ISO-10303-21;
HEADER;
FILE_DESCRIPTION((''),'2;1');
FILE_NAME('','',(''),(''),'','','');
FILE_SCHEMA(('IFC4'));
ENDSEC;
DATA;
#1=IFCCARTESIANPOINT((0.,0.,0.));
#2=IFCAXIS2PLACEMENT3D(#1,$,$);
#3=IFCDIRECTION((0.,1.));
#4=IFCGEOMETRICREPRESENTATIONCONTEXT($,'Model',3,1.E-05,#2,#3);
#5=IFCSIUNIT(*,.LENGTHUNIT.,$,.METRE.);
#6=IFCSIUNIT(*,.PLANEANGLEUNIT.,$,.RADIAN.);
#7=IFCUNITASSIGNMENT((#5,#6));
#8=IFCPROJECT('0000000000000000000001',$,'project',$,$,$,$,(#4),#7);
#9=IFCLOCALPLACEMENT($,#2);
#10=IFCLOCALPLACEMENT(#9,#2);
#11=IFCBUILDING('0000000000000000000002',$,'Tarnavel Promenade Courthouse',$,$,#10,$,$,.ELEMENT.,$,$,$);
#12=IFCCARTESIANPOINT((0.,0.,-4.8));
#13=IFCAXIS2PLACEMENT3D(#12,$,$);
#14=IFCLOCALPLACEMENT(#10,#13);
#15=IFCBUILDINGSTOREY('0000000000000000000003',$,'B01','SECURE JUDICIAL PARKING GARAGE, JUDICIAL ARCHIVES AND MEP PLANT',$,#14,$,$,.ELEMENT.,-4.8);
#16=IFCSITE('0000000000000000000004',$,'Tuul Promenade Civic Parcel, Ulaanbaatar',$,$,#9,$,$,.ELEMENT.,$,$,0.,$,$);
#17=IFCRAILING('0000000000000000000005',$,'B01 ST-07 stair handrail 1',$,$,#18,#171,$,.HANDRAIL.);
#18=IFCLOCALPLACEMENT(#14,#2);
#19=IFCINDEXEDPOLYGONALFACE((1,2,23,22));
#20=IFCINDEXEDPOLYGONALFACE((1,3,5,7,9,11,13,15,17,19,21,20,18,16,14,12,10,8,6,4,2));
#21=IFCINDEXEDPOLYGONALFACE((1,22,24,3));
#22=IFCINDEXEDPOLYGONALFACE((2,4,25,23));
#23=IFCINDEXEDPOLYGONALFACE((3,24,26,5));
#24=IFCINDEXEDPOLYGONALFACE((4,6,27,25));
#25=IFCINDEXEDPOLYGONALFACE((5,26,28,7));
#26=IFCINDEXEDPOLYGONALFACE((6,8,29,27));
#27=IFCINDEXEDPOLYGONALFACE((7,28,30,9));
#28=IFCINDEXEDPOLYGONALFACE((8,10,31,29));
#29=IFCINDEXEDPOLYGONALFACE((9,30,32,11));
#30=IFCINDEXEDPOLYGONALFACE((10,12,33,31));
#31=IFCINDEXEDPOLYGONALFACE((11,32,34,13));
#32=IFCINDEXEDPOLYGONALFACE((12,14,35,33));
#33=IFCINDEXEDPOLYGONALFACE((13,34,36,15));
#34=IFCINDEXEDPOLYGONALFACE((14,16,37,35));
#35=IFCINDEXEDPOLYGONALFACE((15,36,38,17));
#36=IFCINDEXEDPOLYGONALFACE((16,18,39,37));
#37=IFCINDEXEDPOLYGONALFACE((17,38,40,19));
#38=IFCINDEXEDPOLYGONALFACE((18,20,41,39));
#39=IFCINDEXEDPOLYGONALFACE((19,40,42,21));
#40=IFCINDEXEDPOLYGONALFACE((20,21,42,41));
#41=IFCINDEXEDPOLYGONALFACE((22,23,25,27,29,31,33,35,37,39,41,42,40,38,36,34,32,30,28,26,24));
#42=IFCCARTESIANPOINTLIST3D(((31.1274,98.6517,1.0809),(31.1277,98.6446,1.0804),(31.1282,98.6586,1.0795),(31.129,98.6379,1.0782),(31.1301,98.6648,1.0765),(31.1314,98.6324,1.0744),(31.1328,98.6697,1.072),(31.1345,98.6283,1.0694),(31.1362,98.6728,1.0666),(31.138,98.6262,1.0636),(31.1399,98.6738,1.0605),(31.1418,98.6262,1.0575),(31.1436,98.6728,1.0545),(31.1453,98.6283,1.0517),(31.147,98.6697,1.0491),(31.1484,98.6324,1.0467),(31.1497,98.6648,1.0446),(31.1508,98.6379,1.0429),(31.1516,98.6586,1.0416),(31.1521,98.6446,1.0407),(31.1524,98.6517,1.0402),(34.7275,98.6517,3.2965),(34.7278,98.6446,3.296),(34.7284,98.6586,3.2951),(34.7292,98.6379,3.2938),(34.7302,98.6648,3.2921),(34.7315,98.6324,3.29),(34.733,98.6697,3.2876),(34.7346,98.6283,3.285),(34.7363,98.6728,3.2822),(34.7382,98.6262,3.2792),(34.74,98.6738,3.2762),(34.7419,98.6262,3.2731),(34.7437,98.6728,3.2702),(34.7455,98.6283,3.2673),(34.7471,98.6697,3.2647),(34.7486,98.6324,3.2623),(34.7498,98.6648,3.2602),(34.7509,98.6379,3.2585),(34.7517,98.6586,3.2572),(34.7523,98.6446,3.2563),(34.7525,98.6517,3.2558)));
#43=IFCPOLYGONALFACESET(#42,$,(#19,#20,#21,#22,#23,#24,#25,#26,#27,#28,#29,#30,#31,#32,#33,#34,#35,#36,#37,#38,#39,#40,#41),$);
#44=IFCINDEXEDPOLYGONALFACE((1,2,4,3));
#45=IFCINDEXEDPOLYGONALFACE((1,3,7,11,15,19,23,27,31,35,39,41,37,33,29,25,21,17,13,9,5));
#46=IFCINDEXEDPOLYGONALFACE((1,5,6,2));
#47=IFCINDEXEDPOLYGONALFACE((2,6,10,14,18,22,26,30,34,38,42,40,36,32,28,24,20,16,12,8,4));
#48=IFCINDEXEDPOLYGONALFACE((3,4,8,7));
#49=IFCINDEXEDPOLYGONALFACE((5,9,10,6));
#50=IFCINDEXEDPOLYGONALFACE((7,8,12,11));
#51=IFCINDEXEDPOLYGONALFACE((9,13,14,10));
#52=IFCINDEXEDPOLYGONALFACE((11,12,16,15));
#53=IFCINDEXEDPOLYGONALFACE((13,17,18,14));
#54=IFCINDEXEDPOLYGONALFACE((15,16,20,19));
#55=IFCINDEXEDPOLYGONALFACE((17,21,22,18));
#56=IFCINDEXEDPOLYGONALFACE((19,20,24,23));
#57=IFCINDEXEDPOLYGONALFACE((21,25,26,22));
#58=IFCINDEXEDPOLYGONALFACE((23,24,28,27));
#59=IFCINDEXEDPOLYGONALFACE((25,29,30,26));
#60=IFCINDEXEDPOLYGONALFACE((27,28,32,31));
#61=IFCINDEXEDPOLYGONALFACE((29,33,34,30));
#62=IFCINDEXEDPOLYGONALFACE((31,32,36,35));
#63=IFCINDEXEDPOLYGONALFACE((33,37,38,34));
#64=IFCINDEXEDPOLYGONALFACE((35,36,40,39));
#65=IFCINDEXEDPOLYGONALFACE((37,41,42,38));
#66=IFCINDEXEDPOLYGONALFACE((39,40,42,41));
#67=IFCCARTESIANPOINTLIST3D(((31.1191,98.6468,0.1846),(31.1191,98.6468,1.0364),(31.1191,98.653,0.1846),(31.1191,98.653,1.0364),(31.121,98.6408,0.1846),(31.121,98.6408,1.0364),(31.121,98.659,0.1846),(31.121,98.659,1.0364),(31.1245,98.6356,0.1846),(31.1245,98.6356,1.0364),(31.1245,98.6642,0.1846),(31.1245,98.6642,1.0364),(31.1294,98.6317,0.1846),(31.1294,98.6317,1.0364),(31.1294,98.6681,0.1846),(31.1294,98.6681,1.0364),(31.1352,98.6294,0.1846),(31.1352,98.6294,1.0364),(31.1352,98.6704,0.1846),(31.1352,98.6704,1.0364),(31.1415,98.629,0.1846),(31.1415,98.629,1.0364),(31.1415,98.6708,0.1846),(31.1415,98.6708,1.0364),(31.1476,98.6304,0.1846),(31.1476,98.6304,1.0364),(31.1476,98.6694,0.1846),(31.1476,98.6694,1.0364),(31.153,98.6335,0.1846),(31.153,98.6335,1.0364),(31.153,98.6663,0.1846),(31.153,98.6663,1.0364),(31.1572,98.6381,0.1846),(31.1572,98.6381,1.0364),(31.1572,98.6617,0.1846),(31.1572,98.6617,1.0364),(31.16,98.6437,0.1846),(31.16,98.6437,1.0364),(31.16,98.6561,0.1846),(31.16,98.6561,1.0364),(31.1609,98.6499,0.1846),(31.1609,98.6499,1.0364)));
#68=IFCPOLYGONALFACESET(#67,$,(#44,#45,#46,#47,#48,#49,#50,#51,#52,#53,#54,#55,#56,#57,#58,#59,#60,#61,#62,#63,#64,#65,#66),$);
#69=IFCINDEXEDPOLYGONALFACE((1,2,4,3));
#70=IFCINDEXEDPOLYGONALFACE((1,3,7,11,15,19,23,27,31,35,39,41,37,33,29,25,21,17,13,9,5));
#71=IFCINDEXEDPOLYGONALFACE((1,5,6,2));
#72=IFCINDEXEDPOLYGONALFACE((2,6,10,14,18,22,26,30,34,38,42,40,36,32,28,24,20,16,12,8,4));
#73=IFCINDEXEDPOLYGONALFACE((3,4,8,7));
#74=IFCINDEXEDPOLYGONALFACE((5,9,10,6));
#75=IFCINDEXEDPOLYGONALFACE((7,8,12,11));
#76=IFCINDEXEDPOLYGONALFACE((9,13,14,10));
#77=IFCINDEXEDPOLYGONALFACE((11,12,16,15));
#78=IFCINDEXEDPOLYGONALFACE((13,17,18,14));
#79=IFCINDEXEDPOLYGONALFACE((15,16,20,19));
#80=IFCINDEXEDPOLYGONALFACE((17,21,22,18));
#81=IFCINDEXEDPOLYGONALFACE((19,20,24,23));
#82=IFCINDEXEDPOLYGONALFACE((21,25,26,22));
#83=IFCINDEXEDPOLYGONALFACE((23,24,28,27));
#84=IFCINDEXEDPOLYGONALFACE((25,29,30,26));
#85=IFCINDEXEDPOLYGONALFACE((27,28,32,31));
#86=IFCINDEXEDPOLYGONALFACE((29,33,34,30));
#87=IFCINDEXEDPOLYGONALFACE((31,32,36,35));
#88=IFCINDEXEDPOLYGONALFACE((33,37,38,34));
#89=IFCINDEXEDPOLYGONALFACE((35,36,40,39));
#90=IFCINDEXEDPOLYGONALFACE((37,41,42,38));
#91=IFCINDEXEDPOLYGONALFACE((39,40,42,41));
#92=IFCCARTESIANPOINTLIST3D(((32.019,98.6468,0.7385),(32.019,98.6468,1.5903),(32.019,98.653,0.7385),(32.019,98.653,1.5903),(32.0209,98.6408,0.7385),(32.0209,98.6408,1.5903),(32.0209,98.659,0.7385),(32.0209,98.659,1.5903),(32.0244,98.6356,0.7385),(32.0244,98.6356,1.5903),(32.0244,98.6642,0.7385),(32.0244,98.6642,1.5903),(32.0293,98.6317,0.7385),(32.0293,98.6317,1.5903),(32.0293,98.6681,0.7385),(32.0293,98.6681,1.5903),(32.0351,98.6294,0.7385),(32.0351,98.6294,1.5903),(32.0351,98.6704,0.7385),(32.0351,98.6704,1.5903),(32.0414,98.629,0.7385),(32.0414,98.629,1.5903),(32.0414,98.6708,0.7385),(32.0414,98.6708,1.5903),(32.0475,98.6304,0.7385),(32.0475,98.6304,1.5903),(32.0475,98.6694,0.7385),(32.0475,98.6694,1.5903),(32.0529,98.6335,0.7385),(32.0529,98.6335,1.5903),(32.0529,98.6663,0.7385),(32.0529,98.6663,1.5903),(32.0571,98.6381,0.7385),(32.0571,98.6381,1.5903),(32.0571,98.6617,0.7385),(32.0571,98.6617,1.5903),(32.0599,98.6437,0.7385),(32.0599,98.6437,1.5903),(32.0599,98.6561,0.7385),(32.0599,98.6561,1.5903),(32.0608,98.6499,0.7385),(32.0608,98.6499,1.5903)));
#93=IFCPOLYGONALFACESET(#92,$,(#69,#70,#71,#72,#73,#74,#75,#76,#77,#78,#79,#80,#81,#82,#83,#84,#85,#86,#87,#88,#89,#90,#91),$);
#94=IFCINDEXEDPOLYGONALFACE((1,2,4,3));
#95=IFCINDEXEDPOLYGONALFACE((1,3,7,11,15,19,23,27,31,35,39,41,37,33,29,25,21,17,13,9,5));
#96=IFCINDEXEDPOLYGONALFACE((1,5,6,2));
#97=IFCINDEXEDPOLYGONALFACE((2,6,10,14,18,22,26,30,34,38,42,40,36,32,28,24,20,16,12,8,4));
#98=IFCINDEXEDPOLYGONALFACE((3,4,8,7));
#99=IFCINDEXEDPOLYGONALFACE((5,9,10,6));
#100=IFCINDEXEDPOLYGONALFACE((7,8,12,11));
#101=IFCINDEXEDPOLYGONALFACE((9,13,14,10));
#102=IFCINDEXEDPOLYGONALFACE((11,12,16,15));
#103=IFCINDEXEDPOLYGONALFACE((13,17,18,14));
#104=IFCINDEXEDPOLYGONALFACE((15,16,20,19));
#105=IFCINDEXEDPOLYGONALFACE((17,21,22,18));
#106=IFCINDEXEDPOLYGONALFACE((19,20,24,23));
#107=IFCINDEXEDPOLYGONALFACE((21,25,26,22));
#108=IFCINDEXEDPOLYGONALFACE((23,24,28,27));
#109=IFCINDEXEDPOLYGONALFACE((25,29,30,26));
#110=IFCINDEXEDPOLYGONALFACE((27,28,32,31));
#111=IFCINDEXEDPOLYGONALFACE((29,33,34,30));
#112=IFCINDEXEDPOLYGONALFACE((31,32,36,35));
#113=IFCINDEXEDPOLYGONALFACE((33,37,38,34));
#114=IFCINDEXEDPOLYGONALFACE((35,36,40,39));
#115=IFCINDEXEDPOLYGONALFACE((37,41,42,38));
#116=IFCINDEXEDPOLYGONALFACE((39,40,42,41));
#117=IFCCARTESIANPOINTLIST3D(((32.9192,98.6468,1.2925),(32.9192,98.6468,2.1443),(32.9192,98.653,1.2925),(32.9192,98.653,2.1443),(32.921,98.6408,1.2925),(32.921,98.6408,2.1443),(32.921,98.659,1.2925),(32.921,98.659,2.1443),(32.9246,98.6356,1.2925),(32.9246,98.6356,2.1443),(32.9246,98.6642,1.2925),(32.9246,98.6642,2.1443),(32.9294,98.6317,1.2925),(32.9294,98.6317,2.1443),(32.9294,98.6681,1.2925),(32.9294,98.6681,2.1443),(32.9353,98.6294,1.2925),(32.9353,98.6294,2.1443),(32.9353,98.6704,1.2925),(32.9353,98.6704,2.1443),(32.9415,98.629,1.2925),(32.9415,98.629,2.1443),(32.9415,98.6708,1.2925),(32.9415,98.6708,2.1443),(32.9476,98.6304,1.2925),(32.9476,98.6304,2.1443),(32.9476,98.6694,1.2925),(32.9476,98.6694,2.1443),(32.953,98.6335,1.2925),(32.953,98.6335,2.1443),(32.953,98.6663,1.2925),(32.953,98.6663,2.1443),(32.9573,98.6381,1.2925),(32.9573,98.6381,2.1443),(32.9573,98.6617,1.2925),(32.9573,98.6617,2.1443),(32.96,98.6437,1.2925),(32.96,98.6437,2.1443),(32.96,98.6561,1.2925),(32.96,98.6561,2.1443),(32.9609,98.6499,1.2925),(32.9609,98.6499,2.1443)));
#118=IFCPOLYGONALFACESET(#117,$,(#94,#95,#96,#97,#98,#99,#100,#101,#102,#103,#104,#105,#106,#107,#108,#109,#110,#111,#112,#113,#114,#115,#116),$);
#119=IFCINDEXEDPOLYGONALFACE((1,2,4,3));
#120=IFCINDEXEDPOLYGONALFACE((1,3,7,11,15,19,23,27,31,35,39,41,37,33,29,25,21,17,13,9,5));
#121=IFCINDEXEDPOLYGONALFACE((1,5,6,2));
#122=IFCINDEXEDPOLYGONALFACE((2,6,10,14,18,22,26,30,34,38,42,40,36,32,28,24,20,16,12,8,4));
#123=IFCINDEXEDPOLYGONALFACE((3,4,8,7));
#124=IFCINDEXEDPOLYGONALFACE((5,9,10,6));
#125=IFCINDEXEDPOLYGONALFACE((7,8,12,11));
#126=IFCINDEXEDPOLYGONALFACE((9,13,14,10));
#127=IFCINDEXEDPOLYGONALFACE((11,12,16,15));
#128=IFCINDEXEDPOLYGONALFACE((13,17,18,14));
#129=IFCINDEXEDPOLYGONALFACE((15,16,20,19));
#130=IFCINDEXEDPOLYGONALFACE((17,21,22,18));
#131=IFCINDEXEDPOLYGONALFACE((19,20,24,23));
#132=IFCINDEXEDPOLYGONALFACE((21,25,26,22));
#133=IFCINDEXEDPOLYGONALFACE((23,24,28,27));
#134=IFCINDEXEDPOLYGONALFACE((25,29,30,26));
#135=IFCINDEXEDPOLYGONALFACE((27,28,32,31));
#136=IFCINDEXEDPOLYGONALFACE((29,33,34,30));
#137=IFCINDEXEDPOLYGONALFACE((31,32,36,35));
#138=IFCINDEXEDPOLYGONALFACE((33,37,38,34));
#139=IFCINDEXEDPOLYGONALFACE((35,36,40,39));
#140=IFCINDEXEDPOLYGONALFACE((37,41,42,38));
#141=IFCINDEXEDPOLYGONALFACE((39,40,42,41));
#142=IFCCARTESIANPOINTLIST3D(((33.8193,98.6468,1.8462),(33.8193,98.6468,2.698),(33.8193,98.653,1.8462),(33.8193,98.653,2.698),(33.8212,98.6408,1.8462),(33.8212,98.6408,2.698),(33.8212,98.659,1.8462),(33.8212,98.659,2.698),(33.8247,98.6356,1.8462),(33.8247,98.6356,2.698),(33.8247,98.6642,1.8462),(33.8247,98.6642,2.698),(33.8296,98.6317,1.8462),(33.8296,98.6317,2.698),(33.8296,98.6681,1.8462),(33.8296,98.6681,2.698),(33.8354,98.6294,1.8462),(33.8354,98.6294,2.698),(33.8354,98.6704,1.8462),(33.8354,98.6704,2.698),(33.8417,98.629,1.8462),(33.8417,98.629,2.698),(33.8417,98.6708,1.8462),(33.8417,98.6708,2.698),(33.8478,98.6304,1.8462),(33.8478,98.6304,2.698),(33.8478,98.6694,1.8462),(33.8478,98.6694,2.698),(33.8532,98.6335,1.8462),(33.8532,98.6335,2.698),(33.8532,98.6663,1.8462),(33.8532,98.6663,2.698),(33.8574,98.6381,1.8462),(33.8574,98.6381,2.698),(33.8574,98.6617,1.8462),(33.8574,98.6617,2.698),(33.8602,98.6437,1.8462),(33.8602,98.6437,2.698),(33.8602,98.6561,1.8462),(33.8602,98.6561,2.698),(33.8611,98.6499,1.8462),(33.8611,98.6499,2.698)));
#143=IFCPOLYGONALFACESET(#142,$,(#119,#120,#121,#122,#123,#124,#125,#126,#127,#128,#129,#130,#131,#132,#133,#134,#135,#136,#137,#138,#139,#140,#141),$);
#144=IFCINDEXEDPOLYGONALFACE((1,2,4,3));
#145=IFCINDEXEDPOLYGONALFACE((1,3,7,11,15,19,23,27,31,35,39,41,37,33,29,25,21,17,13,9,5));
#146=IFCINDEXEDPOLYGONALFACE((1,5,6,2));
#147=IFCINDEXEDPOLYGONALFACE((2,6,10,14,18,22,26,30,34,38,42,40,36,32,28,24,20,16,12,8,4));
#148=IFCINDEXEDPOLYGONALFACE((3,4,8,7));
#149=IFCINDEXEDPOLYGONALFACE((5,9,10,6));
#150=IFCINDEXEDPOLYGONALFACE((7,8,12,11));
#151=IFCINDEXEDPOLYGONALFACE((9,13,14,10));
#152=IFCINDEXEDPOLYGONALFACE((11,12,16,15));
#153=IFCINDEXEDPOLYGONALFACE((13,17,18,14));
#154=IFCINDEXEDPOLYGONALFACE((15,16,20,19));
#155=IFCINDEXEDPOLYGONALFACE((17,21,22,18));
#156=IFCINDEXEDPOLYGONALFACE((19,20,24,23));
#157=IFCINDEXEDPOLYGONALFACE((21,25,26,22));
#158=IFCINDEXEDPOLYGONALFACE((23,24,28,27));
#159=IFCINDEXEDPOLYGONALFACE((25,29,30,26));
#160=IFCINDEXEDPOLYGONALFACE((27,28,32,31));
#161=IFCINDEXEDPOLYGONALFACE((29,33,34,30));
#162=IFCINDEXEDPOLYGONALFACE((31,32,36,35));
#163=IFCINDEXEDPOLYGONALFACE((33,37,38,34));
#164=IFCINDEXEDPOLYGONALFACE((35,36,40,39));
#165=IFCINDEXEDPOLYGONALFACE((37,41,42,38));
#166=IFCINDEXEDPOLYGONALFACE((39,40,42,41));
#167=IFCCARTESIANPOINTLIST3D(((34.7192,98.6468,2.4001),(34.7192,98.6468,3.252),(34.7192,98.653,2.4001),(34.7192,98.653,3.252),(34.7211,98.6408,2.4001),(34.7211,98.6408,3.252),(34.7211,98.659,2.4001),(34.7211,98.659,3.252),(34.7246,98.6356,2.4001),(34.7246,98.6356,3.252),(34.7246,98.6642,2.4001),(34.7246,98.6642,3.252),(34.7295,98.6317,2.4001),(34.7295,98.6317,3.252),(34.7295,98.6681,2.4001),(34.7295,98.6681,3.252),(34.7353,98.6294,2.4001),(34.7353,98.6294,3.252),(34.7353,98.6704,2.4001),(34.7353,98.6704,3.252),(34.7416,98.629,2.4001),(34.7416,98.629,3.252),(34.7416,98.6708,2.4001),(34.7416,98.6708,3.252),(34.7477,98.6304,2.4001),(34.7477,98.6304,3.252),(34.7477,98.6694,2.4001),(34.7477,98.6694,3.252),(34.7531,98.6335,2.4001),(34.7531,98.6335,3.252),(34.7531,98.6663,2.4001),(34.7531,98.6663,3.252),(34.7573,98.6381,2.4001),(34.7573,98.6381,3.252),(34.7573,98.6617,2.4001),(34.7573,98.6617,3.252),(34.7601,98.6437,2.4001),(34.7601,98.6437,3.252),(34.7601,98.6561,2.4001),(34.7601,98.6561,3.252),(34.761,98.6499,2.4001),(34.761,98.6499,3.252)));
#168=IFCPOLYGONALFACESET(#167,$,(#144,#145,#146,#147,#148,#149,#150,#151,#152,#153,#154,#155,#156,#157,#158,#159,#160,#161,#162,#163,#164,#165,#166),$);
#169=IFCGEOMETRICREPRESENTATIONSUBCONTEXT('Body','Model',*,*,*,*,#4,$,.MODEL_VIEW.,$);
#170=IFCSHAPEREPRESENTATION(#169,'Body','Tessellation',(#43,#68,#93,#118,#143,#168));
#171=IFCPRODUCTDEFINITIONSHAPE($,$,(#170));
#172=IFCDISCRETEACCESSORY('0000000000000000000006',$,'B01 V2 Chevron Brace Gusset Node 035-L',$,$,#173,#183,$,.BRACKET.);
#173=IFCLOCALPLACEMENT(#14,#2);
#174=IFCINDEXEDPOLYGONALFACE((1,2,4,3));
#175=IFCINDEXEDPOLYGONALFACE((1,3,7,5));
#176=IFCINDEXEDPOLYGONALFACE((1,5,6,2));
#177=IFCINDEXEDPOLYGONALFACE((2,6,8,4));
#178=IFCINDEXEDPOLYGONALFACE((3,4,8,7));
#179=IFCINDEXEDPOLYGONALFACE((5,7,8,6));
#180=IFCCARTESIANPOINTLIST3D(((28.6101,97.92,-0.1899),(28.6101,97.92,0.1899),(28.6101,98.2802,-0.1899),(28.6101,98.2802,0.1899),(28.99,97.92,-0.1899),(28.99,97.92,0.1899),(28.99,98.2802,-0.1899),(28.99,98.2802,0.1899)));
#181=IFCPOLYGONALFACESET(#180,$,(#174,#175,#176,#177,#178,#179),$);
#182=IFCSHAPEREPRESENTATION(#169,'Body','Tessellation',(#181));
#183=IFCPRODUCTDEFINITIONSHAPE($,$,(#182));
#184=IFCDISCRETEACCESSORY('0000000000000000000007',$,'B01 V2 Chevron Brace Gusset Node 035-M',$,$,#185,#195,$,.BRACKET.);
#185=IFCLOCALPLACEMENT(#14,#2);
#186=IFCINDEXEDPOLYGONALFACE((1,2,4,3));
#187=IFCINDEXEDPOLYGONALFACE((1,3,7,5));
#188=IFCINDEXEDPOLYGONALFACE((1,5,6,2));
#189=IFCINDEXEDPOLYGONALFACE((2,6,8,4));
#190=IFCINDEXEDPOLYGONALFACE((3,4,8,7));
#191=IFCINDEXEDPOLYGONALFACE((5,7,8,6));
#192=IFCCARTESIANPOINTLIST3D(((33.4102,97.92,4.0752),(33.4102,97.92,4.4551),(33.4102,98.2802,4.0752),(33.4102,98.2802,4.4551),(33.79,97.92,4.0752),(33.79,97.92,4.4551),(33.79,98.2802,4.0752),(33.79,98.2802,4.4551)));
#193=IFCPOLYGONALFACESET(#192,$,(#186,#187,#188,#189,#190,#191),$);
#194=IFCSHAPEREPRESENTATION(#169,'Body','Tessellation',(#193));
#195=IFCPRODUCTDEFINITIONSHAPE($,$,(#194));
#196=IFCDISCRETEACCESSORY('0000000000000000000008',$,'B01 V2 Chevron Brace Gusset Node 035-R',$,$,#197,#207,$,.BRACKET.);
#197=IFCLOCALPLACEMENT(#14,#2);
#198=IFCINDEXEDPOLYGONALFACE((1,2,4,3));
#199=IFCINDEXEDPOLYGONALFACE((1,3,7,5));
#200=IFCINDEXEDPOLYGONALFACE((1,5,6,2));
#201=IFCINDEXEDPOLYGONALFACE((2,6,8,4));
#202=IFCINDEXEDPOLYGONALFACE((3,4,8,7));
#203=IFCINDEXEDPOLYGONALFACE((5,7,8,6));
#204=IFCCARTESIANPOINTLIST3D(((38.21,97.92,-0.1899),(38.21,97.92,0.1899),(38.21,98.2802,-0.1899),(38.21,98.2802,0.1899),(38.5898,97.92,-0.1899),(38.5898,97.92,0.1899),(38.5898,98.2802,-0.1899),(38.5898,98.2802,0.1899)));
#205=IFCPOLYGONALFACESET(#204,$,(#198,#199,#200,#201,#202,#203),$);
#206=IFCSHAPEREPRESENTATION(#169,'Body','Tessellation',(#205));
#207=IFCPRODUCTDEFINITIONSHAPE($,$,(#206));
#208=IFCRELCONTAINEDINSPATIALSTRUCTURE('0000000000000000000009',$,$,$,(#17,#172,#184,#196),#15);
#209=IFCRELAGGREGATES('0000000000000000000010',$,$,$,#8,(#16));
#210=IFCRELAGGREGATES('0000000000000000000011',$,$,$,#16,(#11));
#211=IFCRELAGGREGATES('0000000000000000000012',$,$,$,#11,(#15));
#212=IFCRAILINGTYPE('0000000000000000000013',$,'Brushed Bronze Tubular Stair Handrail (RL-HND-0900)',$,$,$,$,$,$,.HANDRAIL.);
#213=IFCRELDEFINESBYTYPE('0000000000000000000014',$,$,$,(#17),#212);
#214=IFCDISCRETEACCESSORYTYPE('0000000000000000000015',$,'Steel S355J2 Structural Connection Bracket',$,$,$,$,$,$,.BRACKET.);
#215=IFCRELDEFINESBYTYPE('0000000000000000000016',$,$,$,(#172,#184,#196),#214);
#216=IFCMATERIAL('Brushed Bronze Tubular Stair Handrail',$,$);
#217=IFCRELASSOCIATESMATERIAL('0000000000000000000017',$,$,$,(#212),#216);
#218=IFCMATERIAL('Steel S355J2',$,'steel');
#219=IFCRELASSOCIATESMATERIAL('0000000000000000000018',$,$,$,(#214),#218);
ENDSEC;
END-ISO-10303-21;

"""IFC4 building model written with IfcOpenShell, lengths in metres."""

from ifc_helpers import new_model, si_unit, direction, frame, origin, origin_2d, place, context, subcontext, project, spatial, rectangle, circle, extrude, material, type_object, element, save


model = new_model("IFC4")

# Units and contexts
model_context = context("Model", 3, precision=1e-05, world=origin(), true_north=direction((0.0, 1.0)))
body_context = subcontext(model_context, "Body", "Model", "MODEL_VIEW")
ifc_project = project(units=[si_unit("LENGTHUNIT", "METRE"), si_unit("PLANEANGLEUNIT", "RADIAN")], contexts=[model_context])

# Site, building, storey
site_placement = place(None, origin())
site = spatial("IfcSite", under=ifc_project, at=site_placement, Name="Tuul Promenade Civic Parcel, Ulaanbaatar", CompositionType="ELEMENT", RefElevation=0.0)
building_placement = place(site_placement, origin())
building = spatial("IfcBuilding", under=site, at=building_placement, Name="Tarnavel Promenade Courthouse", CompositionType="ELEMENT")
storey_placement = place(building_placement, frame((0.0, 0.0, -4.8)))
storey = spatial("IfcBuildingStorey", under=building, at=storey_placement, Name="B01", Description="SECURE JUDICIAL PARKING GARAGE, JUDICIAL ARCHIVES AND MEP PLANT", CompositionType="ELEMENT", Elevation=-4.8)

# Shared definitions
ifc_material_1 = material(Name="Steel S355J2", Category="steel")

# Railing
ifc_material_2 = material(Name="Brushed Bronze Tubular Stair Handrail")
railing_type = type_object("IfcRailingType", Name="Brushed Bronze Tubular Stair Handrail (RL-HND-0900)", PredefinedType="HANDRAIL", material=ifc_material_2)
railing_placement = place(storey_placement, frame((31.1399, 98.6499, 0.1846)))
element("IfcRailing", 1, at=railing_placement, inside=storey, type_object=railing_type, Name="B01 ST-07 stair handrail 1", PredefinedType="HANDRAIL", context=body_context, shape_type="SweptSolid", body=[
    extrude(circle(Radius=0.0239, at=origin_2d()), frame((0.0, 0.0, 0.876), z_axis=(0.851644, 0.0, 0.52412), x_axis=(0.0, 1.0, 0.0)), (0.0, 0.0, 1.0), 4.2273),
    extrude(circle(Radius=0.021, at=origin_2d()), origin(), (0.0, 0.0, 1.0), 0.8518),
    extrude(circle(Radius=0.021, at=origin_2d()), frame((0.8999, 0.0, 0.554)), (0.0, 0.0, 1.0), 0.8518),
    extrude(circle(Radius=0.021, at=origin_2d()), frame((1.8, 0.0, 1.1079)), (0.0, 0.0, 1.0), 0.8518),
    extrude(circle(Radius=0.021, at=origin_2d()), frame((2.7002, 0.0, 1.6616)), (0.0, 0.0, 1.0), 0.8518),
    extrude(circle(Radius=0.021, at=origin_2d()), frame((3.6001, 0.0, 2.2156)), (0.0, 0.0, 1.0), 0.8518),
])

# Discrete accessories
discrete_accessory_type = type_object("IfcDiscreteAccessoryType", Name="Steel S355J2 Structural Connection Bracket", PredefinedType="BRACKET", material=ifc_material_1)
for number, where, z_axis, x_axis, name in (
    (2, (28.8, 98.1001, -0.1899), (0.0, 0.0, 1.0), (1.0, 0.0, 0.0), "B01 V2 Chevron Brace Gusset Node 035-L"),
    (3, (33.6001, 98.1001, 4.0752), (0.0, 0.0, 1.0), (1.0, 0.0, 0.0), "B01 V2 Chevron Brace Gusset Node 035-M"),
    (4, (38.3999, 98.1001, -0.1899), (0.0, 0.0, 1.0), (1.0, 0.0, 0.0), "B01 V2 Chevron Brace Gusset Node 035-R"),
):
    element("IfcDiscreteAccessory", number, at=place(storey_placement, frame(where, z_axis=z_axis, x_axis=x_axis)), inside=storey, type_object=discrete_accessory_type, Name=name, PredefinedType="BRACKET", context=body_context, shape_type="SweptSolid", body=[
        extrude(rectangle(XDim=0.3799, YDim=0.3601, at=origin_2d()), origin(), (0.0, 0.0, 1.0), 0.3799),
    ])

save(model, "model.ifc")
